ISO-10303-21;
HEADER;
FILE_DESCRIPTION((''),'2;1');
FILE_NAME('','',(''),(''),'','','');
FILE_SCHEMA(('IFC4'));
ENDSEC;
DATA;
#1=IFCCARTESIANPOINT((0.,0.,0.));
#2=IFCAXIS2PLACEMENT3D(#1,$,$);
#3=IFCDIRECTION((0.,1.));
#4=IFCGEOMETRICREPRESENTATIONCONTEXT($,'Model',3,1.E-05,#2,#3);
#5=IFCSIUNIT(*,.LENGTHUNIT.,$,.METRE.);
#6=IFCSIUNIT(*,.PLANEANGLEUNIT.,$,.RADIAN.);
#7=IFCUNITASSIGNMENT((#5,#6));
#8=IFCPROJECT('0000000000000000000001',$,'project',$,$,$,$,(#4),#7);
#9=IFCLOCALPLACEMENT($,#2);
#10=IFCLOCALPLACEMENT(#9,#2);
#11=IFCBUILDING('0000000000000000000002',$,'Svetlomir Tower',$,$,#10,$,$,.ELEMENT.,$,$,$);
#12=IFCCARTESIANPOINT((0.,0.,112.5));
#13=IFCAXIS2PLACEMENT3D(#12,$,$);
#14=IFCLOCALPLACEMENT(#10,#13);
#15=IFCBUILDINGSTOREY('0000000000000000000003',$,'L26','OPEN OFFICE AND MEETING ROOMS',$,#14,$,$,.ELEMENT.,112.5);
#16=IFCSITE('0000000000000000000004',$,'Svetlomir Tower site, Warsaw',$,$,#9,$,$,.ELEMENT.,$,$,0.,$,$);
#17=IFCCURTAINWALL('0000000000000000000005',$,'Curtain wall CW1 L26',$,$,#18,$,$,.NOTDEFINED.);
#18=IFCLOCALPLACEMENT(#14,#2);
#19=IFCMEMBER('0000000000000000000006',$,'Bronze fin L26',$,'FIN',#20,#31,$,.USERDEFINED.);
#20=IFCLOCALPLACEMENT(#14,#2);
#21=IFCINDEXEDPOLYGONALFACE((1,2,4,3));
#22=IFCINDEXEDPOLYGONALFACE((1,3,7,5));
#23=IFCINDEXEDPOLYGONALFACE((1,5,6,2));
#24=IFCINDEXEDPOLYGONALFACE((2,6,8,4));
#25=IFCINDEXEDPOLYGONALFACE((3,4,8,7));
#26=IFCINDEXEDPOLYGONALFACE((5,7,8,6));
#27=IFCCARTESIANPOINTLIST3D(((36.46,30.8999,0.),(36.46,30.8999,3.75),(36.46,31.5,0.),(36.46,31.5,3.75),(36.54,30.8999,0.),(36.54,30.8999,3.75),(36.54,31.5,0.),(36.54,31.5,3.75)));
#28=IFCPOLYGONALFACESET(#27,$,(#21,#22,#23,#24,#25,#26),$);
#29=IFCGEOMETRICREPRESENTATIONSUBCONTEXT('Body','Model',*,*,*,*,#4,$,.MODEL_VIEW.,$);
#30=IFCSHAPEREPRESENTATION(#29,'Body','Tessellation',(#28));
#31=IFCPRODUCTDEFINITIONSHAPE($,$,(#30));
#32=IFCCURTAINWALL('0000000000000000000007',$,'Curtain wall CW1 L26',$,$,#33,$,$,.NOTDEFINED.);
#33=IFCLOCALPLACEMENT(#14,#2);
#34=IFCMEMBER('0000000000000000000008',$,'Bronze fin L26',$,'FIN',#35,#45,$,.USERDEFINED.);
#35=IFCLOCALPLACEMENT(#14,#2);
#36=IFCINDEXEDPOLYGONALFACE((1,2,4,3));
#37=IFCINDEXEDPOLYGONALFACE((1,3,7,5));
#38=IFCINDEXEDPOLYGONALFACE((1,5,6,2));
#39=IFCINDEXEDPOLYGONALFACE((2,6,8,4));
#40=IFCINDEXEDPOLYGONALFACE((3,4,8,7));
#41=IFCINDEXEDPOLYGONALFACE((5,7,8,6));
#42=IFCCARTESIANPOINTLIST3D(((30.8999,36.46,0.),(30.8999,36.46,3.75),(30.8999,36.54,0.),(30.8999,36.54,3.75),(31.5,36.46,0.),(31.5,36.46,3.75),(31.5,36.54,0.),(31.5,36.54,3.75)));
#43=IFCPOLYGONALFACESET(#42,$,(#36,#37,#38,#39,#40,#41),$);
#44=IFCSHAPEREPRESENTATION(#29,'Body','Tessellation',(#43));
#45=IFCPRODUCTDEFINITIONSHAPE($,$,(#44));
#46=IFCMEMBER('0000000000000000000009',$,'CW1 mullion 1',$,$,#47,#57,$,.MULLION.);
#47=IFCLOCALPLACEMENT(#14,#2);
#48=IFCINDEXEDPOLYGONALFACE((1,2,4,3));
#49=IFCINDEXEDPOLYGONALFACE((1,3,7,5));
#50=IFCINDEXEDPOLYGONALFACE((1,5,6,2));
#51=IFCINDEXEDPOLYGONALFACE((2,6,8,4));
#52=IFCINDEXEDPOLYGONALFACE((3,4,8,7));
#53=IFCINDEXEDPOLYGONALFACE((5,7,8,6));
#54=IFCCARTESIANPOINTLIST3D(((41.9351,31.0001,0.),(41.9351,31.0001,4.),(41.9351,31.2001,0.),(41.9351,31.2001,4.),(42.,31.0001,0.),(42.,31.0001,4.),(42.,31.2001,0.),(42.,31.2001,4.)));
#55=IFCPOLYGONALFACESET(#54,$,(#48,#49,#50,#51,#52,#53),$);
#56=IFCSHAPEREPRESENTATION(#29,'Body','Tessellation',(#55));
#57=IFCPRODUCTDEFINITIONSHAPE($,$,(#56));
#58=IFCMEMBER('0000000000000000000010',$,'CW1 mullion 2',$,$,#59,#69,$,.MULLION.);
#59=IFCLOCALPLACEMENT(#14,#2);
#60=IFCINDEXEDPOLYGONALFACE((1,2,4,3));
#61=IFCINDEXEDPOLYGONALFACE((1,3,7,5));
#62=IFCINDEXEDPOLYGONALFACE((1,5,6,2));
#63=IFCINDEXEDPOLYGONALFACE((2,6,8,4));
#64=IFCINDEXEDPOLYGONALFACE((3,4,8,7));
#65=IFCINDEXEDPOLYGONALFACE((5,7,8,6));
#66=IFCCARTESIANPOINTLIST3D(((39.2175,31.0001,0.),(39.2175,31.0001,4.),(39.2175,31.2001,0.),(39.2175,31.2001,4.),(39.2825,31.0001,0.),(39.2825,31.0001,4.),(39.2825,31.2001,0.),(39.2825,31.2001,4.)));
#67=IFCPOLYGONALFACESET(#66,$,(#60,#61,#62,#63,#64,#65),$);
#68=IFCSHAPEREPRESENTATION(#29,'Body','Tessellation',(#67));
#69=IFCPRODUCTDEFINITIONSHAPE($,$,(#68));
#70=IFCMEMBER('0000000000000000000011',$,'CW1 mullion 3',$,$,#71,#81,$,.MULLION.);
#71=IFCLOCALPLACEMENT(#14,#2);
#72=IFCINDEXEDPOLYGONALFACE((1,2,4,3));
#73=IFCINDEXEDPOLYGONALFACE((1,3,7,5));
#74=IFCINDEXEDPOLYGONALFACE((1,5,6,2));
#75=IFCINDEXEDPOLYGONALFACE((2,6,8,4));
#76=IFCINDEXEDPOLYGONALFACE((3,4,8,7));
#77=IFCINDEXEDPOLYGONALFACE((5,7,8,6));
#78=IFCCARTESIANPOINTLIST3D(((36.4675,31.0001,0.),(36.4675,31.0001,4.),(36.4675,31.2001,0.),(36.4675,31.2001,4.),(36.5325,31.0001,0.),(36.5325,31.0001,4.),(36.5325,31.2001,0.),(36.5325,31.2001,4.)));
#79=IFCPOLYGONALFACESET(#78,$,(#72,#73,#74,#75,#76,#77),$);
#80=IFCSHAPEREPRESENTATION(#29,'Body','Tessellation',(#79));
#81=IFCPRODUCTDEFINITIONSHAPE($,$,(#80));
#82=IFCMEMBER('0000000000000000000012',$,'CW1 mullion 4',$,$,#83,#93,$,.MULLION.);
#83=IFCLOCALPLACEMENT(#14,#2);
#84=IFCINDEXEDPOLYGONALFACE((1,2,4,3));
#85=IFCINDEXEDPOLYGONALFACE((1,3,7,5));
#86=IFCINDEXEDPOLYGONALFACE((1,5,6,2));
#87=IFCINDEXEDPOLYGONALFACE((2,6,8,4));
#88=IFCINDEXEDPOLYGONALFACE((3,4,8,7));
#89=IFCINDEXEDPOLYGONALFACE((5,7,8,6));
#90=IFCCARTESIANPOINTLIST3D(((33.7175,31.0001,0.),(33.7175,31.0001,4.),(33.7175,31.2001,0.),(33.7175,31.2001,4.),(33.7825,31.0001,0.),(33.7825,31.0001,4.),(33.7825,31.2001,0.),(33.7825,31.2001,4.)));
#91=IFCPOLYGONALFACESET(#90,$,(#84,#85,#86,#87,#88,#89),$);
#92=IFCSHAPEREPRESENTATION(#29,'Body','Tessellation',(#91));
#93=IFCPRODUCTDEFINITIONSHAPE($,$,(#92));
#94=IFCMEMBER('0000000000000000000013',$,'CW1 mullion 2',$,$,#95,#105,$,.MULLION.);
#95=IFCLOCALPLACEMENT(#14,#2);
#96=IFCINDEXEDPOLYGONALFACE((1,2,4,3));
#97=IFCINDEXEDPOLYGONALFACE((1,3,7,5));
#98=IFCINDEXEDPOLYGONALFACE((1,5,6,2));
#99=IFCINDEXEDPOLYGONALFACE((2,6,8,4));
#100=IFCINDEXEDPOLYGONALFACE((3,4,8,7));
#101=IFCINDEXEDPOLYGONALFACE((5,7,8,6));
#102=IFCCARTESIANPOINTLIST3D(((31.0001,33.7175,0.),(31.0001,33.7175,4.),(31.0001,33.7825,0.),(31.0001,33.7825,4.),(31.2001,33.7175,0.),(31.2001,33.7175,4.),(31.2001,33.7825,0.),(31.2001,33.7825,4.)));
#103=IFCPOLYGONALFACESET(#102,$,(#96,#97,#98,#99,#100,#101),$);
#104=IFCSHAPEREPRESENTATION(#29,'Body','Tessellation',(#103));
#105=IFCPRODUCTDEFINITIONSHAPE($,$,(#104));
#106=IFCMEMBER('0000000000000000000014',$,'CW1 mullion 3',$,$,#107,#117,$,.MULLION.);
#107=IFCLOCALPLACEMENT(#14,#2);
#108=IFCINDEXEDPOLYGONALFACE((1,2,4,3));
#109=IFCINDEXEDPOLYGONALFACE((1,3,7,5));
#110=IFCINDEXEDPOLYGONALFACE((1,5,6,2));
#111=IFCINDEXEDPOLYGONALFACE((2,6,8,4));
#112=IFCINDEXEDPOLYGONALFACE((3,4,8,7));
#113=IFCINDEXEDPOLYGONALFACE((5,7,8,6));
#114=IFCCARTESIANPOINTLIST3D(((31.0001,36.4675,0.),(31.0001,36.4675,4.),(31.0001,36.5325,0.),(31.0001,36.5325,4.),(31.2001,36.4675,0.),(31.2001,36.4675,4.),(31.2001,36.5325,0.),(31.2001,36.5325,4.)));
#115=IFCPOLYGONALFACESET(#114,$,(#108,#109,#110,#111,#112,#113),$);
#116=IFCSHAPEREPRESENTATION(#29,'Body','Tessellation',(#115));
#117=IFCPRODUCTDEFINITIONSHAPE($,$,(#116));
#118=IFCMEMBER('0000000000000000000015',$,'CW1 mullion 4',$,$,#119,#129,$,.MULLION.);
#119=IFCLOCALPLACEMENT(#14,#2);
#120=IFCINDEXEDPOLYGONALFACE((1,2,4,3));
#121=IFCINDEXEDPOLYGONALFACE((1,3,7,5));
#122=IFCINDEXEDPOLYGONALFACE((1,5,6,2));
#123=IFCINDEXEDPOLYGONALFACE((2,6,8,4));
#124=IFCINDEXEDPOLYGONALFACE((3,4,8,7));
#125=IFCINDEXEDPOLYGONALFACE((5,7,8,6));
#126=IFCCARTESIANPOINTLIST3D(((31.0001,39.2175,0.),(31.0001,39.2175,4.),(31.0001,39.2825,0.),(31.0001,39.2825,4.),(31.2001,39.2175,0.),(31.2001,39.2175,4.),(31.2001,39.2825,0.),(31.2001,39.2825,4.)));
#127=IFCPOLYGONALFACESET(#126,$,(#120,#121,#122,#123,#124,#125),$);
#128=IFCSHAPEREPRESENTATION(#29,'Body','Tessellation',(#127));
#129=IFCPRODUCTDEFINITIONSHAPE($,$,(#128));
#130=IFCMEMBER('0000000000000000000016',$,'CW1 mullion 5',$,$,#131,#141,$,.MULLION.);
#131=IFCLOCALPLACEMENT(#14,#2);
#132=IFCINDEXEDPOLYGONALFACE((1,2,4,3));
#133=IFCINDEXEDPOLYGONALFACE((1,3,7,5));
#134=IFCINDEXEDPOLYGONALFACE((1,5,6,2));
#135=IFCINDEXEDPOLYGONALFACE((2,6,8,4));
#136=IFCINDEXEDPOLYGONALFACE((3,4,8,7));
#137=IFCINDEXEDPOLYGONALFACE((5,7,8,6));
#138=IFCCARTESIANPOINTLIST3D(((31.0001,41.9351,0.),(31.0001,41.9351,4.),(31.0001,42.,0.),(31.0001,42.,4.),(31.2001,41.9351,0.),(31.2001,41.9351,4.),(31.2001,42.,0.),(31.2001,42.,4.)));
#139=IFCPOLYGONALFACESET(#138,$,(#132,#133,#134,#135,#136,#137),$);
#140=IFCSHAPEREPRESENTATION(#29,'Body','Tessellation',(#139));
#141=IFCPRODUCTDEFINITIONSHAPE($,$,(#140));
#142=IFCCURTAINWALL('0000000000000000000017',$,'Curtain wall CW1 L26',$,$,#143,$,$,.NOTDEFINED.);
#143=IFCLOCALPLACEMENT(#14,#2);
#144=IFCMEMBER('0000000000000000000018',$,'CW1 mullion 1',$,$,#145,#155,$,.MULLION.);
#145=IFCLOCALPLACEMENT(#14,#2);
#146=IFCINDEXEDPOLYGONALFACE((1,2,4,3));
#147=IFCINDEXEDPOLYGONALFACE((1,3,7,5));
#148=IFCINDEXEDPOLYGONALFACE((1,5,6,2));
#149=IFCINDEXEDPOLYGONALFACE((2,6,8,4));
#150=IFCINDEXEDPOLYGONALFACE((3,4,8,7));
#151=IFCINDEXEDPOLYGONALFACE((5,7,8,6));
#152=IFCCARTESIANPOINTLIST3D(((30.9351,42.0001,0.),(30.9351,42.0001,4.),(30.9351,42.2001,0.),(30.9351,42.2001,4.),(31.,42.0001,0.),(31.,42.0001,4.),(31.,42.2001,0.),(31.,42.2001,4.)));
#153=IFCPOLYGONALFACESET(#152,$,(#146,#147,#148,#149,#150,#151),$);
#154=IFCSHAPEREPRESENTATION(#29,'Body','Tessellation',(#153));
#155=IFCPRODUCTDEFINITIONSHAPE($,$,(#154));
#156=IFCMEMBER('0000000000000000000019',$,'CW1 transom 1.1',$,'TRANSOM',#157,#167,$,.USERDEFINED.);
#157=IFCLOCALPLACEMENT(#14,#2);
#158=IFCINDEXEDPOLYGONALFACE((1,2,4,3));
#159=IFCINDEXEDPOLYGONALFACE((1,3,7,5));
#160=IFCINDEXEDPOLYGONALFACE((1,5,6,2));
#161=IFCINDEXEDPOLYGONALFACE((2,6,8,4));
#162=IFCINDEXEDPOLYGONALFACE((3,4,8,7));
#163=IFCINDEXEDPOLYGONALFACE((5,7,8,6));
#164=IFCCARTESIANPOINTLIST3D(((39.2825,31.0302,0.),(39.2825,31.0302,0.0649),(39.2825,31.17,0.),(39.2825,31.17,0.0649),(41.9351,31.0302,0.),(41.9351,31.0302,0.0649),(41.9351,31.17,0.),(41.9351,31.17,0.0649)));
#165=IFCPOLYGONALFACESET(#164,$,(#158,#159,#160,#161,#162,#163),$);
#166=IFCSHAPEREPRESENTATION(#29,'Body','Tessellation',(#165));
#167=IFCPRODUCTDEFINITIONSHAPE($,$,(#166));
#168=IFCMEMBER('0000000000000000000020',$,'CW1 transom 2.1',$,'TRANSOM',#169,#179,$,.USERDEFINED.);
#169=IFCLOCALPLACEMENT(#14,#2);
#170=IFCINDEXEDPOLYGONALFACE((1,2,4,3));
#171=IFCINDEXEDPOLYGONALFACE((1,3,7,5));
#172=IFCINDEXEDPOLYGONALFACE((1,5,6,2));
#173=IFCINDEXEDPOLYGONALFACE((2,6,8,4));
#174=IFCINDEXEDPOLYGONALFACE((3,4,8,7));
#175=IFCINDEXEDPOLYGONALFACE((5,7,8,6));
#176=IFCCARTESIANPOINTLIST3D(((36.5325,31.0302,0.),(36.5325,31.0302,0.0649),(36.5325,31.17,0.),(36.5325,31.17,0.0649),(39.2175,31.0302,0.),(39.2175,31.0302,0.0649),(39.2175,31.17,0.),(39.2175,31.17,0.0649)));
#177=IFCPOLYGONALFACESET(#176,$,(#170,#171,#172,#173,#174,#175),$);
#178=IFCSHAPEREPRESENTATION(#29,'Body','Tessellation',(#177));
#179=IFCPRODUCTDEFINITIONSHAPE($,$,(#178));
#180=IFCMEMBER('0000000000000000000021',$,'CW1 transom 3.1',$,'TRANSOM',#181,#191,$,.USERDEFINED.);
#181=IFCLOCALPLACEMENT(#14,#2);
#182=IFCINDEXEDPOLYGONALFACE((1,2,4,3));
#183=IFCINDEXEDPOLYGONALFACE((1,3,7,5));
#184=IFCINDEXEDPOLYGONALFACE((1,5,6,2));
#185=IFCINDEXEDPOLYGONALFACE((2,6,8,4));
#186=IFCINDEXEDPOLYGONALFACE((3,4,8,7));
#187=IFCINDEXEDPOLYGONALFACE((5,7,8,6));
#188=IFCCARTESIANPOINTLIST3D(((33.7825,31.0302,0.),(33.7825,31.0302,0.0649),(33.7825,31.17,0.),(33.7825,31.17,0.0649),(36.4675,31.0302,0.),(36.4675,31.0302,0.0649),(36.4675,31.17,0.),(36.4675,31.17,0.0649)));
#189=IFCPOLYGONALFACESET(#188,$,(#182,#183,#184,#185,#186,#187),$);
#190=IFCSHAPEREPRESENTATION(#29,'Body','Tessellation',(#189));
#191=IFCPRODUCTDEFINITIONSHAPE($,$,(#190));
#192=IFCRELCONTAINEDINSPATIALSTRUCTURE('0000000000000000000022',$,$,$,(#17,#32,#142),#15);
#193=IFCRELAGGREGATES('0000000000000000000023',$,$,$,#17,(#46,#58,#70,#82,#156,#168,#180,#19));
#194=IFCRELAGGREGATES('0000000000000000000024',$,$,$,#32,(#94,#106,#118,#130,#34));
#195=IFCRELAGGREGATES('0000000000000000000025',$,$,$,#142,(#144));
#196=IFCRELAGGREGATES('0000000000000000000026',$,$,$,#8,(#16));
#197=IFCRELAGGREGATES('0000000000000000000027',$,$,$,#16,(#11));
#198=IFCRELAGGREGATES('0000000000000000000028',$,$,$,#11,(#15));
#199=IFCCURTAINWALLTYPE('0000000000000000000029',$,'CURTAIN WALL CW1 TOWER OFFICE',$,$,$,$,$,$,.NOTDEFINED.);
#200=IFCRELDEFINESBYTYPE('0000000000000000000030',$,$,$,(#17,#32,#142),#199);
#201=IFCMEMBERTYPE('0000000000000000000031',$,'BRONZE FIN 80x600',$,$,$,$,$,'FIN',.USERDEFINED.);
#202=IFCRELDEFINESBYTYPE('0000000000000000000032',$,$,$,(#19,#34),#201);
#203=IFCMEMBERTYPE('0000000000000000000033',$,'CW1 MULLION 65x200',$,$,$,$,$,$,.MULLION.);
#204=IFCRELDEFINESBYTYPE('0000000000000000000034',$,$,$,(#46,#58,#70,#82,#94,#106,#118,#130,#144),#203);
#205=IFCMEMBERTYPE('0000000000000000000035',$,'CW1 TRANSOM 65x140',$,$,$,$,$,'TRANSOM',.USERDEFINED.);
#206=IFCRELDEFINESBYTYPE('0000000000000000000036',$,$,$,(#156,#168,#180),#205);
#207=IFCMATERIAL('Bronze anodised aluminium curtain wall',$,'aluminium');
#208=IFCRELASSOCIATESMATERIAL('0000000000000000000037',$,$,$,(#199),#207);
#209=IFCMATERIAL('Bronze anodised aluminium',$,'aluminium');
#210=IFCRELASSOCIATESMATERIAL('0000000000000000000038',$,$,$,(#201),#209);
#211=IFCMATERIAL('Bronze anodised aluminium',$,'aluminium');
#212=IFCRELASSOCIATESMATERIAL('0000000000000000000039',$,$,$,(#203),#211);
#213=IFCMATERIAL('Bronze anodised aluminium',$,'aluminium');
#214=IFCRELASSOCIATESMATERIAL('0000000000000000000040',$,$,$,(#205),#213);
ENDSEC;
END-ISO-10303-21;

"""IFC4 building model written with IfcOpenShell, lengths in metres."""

from ifc_helpers import new_model, si_unit, direction, frame, origin, origin_2d, place, context, subcontext, project, spatial, rectangle, extrude, material, material_profile, profile_set, type_object, element, aggregate, save


model = new_model("IFC4")

# Units and contexts
model_context = context("Model", 3, precision=1e-05, world=origin(), true_north=direction((0.0, 1.0)))
body_context = subcontext(model_context, "Body", "Model", "MODEL_VIEW")
ifc_project = project(units=[si_unit("LENGTHUNIT", "METRE"), si_unit("PLANEANGLEUNIT", "RADIAN")], contexts=[model_context])

# Site, building, storey
site_placement = place(None, origin())
site = spatial("IfcSite", under=ifc_project, at=site_placement, Name="Svetlomir Tower site, Warsaw", CompositionType="ELEMENT", RefElevation=0.0)
building_placement = place(site_placement, origin())
building = spatial("IfcBuilding", under=site, at=building_placement, Name="Svetlomir Tower", CompositionType="ELEMENT")
storey_placement = place(building_placement, frame((0.0, 0.0, 112.5)))
storey = spatial("IfcBuildingStorey", under=building, at=storey_placement, Name="L26", Description="OPEN OFFICE AND MEETING ROOMS", CompositionType="ELEMENT", Elevation=112.5)

# Curtain walls, members
ifc_material_1 = material(Name="Bronze anodised aluminium curtain wall", Category="aluminium")
curtain_wall_type = type_object("IfcCurtainWallType", Name="CURTAIN WALL CW1 TOWER OFFICE", PredefinedType="NOTDEFINED", material=ifc_material_1)
curtain_wall_1_placement = place(storey_placement, origin())
curtain_wall_1 = element("IfcCurtainWall", 1, at=curtain_wall_1_placement, inside=storey, type_object=curtain_wall_type, Name="Curtain wall CW1 L26", PredefinedType="NOTDEFINED")
ifc_material_2 = material(Name="Bronze anodised aluminium", Category="aluminium")
ifc_material_profile_1 = material_profile(ifc_material_2, rectangle(XDim=0.0801, YDim=0.6001, at=origin_2d()), Name="FIN 80x600")
ifc_profile_set_1 = profile_set([ifc_material_profile_1], Name="Bronze anodised aluminium 6063-T6")
member_type_1 = type_object("IfcMemberType", Name="BRONZE FIN 80x600", ElementType="FIN", PredefinedType="USERDEFINED", material=ifc_profile_set_1)
member_1_placement = place(storey_placement, frame((36.5, 31.2, 0.0), z_axis=(0.0, 0.0, 1.0), x_axis=(1.0, 0.0, 0.0)))
member_1 = element("IfcMember", 2, at=member_1_placement, type_object=member_type_1, Name="Bronze fin L26", ObjectType="FIN", PredefinedType="USERDEFINED", context=body_context, shape_type="SweptSolid", body=[
    extrude(rectangle(XDim=0.0801, YDim=0.6001, at=origin_2d()), origin(), (0.0, 0.0, 1.0), 3.75),
])
curtain_wall_2_placement = place(storey_placement, origin())
curtain_wall_2 = element("IfcCurtainWall", 3, at=curtain_wall_2_placement, inside=storey, type_object=curtain_wall_type, Name="Curtain wall CW1 L26", PredefinedType="NOTDEFINED")
member_2_placement = place(storey_placement, frame((31.2, 36.5, 0.0), z_axis=(0.0, 0.0, 1.0), x_axis=(0.0, 1.0, 0.0)))
member_2 = element("IfcMember", 4, at=member_2_placement, type_object=member_type_1, Name="Bronze fin L26", ObjectType="FIN", PredefinedType="USERDEFINED", context=body_context, shape_type="SweptSolid", body=[
    extrude(rectangle(XDim=0.0801, YDim=0.6001, at=origin_2d()), origin(), (0.0, 0.0, 1.0), 3.75),
])

# Members
ifc_material_3 = material(Name="Bronze anodised aluminium", Category="aluminium")
ifc_material_profile_2 = material_profile(ifc_material_3, rectangle(XDim=0.0649, YDim=0.2, at=origin_2d()), Name="AL 65x200")
ifc_profile_set_2 = profile_set([ifc_material_profile_2], Name="Bronze anodised aluminium 6063-T6")
member_type_2 = type_object("IfcMemberType", Name="CW1 MULLION 65x200", PredefinedType="MULLION", material=ifc_profile_set_2)
member_3_placement = place(storey_placement, frame((41.9675, 31.1001, 0.0), z_axis=(0.0, 0.0, 1.0), x_axis=(-1.0, 0.0, 0.0)))
member_3 = element("IfcMember", 5, at=member_3_placement, type_object=member_type_2, Name="CW1 mullion 1", PredefinedType="MULLION", context=body_context, shape_type="SweptSolid", body=[
    extrude(rectangle(XDim=0.0649, YDim=0.2, at=origin_2d()), origin(), (0.0, 0.0, 1.0), 4.0),
])
member_4_placement = place(storey_placement, frame((39.25, 31.1001, 0.0), z_axis=(0.0, 0.0, 1.0), x_axis=(-1.0, 0.0, 0.0)))
member_4 = element("IfcMember", 6, at=member_4_placement, type_object=member_type_2, Name="CW1 mullion 2", PredefinedType="MULLION", context=body_context, shape_type="SweptSolid", body=[
    extrude(rectangle(XDim=0.0649, YDim=0.2, at=origin_2d()), origin(), (0.0, 0.0, 1.0), 4.0),
])
member_5_placement = place(storey_placement, frame((36.5, 31.1001, 0.0), z_axis=(0.0, 0.0, 1.0), x_axis=(-1.0, 0.0, 0.0)))
member_5 = element("IfcMember", 7, at=member_5_placement, type_object=member_type_2, Name="CW1 mullion 3", PredefinedType="MULLION", context=body_context, shape_type="SweptSolid", body=[
    extrude(rectangle(XDim=0.0649, YDim=0.2, at=origin_2d()), origin(), (0.0, 0.0, 1.0), 4.0),
])
member_6_placement = place(storey_placement, frame((33.75, 31.1001, 0.0), z_axis=(0.0, 0.0, 1.0), x_axis=(-1.0, 0.0, 0.0)))
member_6 = element("IfcMember", 8, at=member_6_placement, type_object=member_type_2, Name="CW1 mullion 4", PredefinedType="MULLION", context=body_context, shape_type="SweptSolid", body=[
    extrude(rectangle(XDim=0.0649, YDim=0.2, at=origin_2d()), origin(), (0.0, 0.0, 1.0), 4.0),
])
member_7_placement = place(storey_placement, frame((31.1001, 33.75, 0.0), z_axis=(0.0, 0.0, 1.0), x_axis=(0.0, 1.0, 0.0)))
member_7 = element("IfcMember", 9, at=member_7_placement, type_object=member_type_2, Name="CW1 mullion 2", PredefinedType="MULLION", context=body_context, shape_type="SweptSolid", body=[
    extrude(rectangle(XDim=0.0649, YDim=0.2, at=origin_2d()), origin(), (0.0, 0.0, 1.0), 4.0),
])
member_8_placement = place(storey_placement, frame((31.1001, 36.5, 0.0), z_axis=(0.0, 0.0, 1.0), x_axis=(0.0, 1.0, 0.0)))
member_8 = element("IfcMember", 10, at=member_8_placement, type_object=member_type_2, Name="CW1 mullion 3", PredefinedType="MULLION", context=body_context, shape_type="SweptSolid", body=[
    extrude(rectangle(XDim=0.0649, YDim=0.2, at=origin_2d()), origin(), (0.0, 0.0, 1.0), 4.0),
])
member_9_placement = place(storey_placement, frame((31.1001, 39.25, 0.0), z_axis=(0.0, 0.0, 1.0), x_axis=(0.0, 1.0, 0.0)))
member_9 = element("IfcMember", 11, at=member_9_placement, type_object=member_type_2, Name="CW1 mullion 4", PredefinedType="MULLION", context=body_context, shape_type="SweptSolid", body=[
    extrude(rectangle(XDim=0.0649, YDim=0.2, at=origin_2d()), origin(), (0.0, 0.0, 1.0), 4.0),
])
member_10_placement = place(storey_placement, frame((31.1001, 41.9675, 0.0), z_axis=(0.0, 0.0, 1.0), x_axis=(0.0, 1.0, 0.0)))
member_10 = element("IfcMember", 12, at=member_10_placement, type_object=member_type_2, Name="CW1 mullion 5", PredefinedType="MULLION", context=body_context, shape_type="SweptSolid", body=[
    extrude(rectangle(XDim=0.0649, YDim=0.2, at=origin_2d()), origin(), (0.0, 0.0, 1.0), 4.0),
])

# Curtain wall, member
curtain_wall_3_placement = place(storey_placement, origin())
curtain_wall_3 = element("IfcCurtainWall", 13, at=curtain_wall_3_placement, inside=storey, type_object=curtain_wall_type, Name="Curtain wall CW1 L26", PredefinedType="NOTDEFINED")
member_11_placement = place(storey_placement, frame((30.9675, 42.1001, 0.0), z_axis=(0.0, 0.0, 1.0), x_axis=(-1.0, 0.0, 0.0)))
member_11 = element("IfcMember", 14, at=member_11_placement, type_object=member_type_2, Name="CW1 mullion 1", PredefinedType="MULLION", context=body_context, shape_type="SweptSolid", body=[
    extrude(rectangle(XDim=0.0649, YDim=0.2, at=origin_2d()), origin(), (0.0, 0.0, 1.0), 4.0),
])

# Members
ifc_material_4 = material(Name="Bronze anodised aluminium", Category="aluminium")
ifc_material_profile_3 = material_profile(ifc_material_4, rectangle(XDim=0.1399, YDim=0.0649, at=origin_2d()), Name="AL 140x65")
ifc_profile_set_3 = profile_set([ifc_material_profile_3], Name="Bronze anodised aluminium 6063-T6")
member_type_3 = type_object("IfcMemberType", Name="CW1 TRANSOM 65x140", ElementType="TRANSOM", PredefinedType="USERDEFINED", material=ifc_profile_set_3)
member_12_placement = place(storey_placement, frame((41.9351, 31.1001, 0.0325), z_axis=(-1.0, 0.0, 0.0), x_axis=(0.0, -1.0, 0.0)))
member_12 = element("IfcMember", 15, at=member_12_placement, type_object=member_type_3, Name="CW1 transom 1.1", ObjectType="TRANSOM", PredefinedType="USERDEFINED", context=body_context, shape_type="SweptSolid", body=[
    extrude(rectangle(XDim=0.1399, YDim=0.0649, at=origin_2d()), origin(), (0.0, 0.0, 1.0), 2.6526),
])
member_13_placement = place(storey_placement, frame((39.2175, 31.1001, 0.0325), z_axis=(-1.0, 0.0, 0.0), x_axis=(0.0, -1.0, 0.0)))
member_13 = element("IfcMember", 16, at=member_13_placement, type_object=member_type_3, Name="CW1 transom 2.1", ObjectType="TRANSOM", PredefinedType="USERDEFINED", context=body_context, shape_type="SweptSolid", body=[
    extrude(rectangle(XDim=0.1399, YDim=0.0649, at=origin_2d()), origin(), (0.0, 0.0, 1.0), 2.6851),
])
member_14_placement = place(storey_placement, frame((36.4675, 31.1001, 0.0325), z_axis=(-1.0, 0.0, 0.0), x_axis=(0.0, -1.0, 0.0)))
member_14 = element("IfcMember", 17, at=member_14_placement, type_object=member_type_3, Name="CW1 transom 3.1", ObjectType="TRANSOM", PredefinedType="USERDEFINED", context=body_context, shape_type="SweptSolid", body=[
    extrude(rectangle(XDim=0.1399, YDim=0.0649, at=origin_2d()), origin(), (0.0, 0.0, 1.0), 2.6851),
])

aggregate(curtain_wall_1, [member_3, member_4, member_5, member_6, member_12, member_13, member_14, member_1])
aggregate(curtain_wall_2, [member_7, member_8, member_9, member_10, member_2])
aggregate(curtain_wall_3, [member_11])

save(model, "model.ifc")
